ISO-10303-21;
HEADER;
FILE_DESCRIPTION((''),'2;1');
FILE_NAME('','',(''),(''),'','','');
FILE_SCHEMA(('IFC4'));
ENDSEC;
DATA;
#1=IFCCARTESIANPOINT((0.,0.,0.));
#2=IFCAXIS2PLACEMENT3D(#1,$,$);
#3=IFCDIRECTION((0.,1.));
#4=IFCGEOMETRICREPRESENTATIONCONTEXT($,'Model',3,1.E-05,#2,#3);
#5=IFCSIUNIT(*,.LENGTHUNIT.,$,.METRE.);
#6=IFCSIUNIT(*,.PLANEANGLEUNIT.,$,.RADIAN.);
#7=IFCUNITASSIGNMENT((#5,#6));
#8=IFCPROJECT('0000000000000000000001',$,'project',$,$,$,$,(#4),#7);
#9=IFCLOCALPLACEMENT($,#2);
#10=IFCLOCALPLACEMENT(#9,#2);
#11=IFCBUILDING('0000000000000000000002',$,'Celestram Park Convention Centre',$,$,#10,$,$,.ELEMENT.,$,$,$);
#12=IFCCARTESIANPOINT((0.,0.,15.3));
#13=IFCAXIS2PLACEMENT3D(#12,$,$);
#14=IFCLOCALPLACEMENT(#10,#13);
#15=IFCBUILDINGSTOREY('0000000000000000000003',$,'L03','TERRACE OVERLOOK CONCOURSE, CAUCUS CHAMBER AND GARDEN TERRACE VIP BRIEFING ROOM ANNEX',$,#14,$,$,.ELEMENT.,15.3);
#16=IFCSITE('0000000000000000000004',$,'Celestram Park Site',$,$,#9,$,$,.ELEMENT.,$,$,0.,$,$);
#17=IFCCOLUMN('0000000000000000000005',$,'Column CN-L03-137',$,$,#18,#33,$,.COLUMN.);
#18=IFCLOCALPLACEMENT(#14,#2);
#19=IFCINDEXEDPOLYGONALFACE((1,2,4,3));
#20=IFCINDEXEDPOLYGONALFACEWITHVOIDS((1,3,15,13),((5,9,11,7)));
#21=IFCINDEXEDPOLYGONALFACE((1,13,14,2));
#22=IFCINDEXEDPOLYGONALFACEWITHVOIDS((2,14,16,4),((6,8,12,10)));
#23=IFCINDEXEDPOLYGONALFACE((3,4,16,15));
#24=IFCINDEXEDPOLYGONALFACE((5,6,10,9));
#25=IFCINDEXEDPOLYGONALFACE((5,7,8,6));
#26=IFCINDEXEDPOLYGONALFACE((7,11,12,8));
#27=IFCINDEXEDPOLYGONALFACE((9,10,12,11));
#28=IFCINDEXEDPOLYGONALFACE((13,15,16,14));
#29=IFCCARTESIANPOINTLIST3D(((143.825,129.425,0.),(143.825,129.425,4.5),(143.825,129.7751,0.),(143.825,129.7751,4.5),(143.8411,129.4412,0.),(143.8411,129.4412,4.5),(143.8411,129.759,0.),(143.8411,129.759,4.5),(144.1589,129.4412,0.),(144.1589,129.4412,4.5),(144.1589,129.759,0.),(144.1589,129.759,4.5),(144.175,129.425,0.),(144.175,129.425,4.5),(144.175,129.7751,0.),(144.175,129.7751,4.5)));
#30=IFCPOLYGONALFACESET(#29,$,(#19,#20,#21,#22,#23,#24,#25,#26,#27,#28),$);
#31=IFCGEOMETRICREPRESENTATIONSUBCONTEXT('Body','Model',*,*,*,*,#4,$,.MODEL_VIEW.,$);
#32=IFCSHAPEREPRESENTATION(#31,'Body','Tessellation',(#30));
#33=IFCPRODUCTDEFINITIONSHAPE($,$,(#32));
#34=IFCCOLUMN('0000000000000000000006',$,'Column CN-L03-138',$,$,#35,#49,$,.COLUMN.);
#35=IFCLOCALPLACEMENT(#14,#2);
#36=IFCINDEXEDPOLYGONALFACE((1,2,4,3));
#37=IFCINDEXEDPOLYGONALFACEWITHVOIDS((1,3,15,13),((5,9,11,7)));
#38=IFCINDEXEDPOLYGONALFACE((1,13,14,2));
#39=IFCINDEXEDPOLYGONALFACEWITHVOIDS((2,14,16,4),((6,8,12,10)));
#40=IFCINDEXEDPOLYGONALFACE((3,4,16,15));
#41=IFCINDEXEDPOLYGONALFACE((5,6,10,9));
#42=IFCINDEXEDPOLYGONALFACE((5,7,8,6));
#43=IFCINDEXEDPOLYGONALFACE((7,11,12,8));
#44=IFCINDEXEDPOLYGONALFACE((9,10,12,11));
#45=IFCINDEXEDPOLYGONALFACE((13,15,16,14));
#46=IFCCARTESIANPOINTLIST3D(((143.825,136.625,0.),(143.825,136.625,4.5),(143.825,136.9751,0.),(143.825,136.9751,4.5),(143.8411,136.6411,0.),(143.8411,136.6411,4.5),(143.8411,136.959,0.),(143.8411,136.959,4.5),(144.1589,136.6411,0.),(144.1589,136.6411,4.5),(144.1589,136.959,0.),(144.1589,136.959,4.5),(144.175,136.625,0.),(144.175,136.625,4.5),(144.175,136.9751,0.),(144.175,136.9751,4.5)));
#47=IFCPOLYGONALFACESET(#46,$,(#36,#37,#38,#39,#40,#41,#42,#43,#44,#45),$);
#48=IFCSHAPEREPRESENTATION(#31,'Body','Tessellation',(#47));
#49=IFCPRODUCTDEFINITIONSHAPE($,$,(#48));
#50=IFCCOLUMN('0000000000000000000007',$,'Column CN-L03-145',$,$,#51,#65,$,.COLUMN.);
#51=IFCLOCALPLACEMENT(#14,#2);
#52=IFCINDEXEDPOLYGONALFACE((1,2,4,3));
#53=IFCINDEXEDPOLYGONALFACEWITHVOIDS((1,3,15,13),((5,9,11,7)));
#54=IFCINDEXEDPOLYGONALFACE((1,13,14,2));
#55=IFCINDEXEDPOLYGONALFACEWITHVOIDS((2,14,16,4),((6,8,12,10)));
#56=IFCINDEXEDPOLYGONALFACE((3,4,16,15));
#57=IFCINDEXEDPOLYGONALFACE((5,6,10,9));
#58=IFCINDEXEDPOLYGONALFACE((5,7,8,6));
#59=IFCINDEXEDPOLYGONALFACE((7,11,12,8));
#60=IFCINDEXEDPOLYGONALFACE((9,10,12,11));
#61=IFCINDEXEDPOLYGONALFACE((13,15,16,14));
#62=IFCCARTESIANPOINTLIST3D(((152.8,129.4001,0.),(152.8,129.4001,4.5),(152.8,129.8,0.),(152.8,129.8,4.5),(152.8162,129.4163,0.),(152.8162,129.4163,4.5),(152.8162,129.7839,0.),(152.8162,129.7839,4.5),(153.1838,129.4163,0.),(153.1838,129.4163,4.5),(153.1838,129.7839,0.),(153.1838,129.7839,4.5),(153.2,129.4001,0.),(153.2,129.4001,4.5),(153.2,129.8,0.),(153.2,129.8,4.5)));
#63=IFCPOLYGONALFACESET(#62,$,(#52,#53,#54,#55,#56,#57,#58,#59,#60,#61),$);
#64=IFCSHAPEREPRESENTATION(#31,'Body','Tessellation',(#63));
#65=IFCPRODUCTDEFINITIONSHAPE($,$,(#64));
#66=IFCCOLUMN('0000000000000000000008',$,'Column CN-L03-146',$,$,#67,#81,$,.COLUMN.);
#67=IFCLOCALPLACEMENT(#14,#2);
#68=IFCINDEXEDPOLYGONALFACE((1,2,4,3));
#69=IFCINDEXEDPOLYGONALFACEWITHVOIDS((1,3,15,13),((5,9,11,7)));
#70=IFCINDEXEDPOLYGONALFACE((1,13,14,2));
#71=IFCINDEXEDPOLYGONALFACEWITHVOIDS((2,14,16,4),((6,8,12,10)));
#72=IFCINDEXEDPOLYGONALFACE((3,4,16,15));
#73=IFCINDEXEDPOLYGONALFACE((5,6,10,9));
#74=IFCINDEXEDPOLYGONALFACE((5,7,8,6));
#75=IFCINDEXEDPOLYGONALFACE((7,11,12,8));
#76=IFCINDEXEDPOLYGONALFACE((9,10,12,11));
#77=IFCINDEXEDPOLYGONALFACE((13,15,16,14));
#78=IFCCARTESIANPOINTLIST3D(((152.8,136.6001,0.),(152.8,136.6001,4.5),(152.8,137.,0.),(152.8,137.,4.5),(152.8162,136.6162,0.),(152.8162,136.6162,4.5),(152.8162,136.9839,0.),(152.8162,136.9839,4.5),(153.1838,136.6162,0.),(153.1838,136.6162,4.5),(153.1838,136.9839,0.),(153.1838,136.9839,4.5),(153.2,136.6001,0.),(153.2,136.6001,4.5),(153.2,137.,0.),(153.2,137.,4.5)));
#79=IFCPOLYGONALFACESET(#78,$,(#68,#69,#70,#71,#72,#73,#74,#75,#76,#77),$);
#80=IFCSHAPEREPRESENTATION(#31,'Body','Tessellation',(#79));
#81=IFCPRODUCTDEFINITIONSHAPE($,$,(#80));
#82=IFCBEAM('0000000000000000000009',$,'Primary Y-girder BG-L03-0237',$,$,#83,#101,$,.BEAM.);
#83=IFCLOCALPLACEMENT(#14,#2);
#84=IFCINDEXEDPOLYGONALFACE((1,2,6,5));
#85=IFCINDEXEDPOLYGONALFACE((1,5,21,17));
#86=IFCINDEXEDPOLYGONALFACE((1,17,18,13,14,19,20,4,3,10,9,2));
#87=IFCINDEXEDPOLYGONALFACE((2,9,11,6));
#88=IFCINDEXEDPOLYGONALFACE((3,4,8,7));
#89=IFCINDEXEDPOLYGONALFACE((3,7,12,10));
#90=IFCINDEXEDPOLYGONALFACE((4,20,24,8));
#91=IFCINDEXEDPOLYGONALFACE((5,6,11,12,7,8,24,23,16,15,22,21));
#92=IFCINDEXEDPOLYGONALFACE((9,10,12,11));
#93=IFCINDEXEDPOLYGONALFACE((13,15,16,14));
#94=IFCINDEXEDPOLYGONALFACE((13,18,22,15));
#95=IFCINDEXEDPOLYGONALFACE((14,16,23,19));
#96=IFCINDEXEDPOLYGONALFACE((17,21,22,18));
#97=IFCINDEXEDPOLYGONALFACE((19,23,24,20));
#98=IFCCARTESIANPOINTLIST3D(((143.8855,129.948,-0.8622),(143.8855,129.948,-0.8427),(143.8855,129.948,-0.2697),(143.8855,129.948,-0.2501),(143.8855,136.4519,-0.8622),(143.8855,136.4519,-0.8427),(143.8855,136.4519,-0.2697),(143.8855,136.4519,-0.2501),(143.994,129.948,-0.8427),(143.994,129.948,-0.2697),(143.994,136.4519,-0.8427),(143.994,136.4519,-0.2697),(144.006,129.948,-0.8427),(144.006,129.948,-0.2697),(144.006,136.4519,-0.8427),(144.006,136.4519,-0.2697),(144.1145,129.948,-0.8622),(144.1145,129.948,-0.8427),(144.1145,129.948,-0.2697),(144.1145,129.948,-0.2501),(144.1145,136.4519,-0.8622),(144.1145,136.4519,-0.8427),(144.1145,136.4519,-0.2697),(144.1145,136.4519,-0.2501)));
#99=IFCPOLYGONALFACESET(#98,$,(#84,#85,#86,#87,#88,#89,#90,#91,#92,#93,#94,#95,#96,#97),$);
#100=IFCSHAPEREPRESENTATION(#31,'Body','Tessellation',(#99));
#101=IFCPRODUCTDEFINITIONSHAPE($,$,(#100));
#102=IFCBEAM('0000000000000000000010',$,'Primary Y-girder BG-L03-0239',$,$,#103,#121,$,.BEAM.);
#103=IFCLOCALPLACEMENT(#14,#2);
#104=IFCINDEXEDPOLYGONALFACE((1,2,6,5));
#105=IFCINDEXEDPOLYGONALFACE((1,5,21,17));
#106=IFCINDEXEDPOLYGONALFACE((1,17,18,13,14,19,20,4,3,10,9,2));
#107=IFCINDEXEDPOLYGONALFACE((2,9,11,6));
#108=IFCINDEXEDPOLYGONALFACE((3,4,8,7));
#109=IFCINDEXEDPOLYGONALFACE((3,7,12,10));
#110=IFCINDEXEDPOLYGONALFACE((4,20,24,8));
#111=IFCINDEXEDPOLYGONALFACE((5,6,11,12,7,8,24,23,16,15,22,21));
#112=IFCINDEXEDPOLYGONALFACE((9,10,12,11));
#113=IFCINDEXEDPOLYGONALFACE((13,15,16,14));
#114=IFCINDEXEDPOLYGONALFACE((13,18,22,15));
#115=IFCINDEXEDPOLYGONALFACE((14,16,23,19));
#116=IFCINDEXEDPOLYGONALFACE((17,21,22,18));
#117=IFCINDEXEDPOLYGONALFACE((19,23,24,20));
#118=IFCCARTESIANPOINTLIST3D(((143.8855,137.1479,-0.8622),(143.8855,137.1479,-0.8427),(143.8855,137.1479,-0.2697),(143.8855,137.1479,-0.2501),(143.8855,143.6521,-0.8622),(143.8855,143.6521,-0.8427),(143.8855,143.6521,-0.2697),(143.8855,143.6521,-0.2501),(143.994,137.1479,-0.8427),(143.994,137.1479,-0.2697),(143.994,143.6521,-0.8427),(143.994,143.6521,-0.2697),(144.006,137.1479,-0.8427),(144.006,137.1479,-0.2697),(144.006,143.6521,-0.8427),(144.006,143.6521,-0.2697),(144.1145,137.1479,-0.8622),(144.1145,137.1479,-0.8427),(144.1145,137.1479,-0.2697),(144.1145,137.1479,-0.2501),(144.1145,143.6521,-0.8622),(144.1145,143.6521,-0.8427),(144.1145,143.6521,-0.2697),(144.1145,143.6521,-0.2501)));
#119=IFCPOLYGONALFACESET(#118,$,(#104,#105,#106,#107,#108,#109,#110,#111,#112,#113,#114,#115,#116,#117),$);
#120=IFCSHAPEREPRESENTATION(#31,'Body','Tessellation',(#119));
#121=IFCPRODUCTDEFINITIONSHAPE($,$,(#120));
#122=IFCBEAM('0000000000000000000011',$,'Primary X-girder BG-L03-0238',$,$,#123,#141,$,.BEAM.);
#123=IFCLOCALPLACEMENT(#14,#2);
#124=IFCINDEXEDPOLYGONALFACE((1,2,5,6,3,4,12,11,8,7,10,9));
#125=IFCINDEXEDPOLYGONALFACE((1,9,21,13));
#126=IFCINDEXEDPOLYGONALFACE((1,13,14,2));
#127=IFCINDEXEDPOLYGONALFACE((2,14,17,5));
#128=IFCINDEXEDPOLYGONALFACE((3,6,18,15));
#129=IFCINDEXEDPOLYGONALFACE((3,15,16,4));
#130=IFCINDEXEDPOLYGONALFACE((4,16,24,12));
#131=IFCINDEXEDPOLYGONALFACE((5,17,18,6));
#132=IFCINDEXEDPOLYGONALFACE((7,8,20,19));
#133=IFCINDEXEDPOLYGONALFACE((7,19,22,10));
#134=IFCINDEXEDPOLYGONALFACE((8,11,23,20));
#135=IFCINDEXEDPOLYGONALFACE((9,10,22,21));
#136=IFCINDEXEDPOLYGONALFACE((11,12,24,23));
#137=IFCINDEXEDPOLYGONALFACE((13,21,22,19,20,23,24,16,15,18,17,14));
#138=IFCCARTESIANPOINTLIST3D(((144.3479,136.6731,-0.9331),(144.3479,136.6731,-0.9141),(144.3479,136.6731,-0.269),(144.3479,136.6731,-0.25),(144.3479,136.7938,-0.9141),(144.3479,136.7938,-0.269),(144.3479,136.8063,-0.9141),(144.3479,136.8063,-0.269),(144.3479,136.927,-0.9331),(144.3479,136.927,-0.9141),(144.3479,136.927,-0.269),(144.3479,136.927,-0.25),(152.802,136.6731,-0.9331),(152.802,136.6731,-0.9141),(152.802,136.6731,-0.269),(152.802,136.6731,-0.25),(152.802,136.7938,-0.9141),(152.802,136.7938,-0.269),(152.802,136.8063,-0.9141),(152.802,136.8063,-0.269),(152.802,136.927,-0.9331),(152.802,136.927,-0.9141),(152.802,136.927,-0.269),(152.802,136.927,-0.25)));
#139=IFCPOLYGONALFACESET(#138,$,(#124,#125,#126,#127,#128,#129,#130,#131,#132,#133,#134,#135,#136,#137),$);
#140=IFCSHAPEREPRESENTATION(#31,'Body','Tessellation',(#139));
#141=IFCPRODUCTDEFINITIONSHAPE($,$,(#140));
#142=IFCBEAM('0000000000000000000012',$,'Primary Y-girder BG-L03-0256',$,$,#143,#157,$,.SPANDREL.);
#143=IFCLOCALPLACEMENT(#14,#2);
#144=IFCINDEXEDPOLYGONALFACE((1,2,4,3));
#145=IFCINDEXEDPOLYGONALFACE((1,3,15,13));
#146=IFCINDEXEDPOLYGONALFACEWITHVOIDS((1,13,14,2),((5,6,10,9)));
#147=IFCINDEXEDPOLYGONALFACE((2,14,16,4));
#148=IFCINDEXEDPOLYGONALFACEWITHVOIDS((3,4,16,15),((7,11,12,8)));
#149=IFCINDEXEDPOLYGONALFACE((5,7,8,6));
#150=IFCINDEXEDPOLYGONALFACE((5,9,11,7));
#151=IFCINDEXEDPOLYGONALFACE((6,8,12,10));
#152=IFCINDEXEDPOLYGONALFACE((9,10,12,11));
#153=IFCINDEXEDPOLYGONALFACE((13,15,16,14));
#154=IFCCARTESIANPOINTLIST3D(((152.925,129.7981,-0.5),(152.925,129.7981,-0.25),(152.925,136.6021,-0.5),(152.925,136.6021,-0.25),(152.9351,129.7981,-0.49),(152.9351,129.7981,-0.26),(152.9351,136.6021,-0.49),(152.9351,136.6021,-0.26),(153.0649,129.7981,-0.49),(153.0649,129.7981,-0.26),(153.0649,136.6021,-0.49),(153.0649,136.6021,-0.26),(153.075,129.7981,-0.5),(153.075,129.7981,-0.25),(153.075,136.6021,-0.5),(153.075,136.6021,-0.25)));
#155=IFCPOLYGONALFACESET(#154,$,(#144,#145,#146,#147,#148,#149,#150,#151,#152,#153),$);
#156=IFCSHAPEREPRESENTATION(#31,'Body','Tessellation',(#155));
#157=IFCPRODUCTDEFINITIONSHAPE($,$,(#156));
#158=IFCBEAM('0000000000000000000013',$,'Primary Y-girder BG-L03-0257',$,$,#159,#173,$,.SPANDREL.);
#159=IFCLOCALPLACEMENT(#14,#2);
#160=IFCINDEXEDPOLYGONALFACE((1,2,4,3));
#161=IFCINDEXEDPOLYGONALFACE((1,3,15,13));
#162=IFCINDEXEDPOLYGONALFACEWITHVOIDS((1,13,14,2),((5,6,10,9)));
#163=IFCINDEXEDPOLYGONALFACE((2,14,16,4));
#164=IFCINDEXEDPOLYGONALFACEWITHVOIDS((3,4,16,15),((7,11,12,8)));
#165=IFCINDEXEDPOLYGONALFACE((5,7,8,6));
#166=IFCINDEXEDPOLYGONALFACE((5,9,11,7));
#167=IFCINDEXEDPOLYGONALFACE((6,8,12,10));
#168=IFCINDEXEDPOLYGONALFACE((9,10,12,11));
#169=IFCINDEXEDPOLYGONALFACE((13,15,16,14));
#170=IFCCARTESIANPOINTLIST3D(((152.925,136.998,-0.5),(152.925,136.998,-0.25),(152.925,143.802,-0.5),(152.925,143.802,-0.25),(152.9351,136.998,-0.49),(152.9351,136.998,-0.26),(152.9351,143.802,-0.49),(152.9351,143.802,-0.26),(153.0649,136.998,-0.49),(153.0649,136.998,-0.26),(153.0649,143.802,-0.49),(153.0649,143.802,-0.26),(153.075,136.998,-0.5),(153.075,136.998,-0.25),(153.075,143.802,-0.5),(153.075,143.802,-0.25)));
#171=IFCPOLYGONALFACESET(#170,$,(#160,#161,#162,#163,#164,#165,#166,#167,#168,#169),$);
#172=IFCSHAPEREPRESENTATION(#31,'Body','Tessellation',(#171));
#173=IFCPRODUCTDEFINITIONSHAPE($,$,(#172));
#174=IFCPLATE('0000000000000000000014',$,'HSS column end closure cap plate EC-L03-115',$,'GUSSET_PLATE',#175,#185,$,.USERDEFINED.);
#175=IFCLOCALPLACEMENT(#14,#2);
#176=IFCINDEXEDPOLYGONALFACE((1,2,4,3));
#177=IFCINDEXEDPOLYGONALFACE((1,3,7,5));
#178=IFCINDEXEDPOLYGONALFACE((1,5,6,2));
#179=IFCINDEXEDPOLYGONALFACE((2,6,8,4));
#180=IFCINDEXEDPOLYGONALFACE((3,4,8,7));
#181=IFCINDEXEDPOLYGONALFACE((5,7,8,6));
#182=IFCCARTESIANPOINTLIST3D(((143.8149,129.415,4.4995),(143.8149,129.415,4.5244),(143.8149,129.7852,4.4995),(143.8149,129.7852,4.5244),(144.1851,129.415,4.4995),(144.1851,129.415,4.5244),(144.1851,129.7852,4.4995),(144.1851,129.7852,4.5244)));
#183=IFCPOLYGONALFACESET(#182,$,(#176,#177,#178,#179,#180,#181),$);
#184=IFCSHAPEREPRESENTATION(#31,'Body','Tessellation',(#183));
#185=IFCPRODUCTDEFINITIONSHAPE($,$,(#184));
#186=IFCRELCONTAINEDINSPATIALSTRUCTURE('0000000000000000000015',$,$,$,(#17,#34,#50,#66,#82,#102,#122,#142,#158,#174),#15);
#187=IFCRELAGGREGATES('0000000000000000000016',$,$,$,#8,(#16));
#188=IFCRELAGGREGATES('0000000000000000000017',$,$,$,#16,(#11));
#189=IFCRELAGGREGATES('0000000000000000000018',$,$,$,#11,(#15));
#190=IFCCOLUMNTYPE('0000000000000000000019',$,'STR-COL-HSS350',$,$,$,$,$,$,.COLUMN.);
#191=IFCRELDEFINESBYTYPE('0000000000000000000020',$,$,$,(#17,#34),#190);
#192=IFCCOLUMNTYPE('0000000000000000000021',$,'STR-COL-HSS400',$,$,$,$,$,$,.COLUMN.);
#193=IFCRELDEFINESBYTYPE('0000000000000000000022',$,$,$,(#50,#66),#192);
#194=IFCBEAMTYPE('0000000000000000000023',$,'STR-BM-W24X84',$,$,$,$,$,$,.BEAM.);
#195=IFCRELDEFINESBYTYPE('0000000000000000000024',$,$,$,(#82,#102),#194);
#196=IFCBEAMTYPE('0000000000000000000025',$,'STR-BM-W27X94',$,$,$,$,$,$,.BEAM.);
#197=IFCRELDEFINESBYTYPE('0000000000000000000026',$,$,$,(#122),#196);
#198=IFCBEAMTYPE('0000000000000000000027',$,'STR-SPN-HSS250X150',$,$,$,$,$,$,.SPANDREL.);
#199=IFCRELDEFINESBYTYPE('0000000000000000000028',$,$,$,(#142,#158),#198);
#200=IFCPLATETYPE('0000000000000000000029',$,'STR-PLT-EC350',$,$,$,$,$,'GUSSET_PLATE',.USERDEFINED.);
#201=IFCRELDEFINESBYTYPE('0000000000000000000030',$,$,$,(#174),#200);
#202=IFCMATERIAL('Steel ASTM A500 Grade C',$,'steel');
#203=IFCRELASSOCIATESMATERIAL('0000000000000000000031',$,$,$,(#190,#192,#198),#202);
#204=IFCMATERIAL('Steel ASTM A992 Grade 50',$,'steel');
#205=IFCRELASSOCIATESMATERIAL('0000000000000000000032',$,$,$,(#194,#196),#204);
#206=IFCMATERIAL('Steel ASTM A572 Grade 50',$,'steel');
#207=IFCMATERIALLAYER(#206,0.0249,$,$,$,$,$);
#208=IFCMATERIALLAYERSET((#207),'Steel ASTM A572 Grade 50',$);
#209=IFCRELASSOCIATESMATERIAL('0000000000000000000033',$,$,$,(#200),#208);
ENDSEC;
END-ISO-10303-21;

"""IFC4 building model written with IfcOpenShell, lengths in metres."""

from ifc_helpers import new_model, si_unit, direction, frame, origin, origin_2d, place, context, subcontext, project, spatial, rectangle, hollow_rectangle, i_section, extrude, material, layer, layer_set, material_profile, profile_set, type_object, element, save


model = new_model("IFC4")

# Units and contexts
model_context = context("Model", 3, precision=1e-05, world=origin(), true_north=direction((0.0, 1.0)))
body_context = subcontext(model_context, "Body", "Model", "MODEL_VIEW")
ifc_project = project(units=[si_unit("LENGTHUNIT", "METRE"), si_unit("PLANEANGLEUNIT", "RADIAN")], contexts=[model_context])

# Site, building, storey
site_placement = place(None, origin())
site = spatial("IfcSite", under=ifc_project, at=site_placement, Name="Celestram Park Site", CompositionType="ELEMENT", RefElevation=0.0)
building_placement = place(site_placement, origin())
building = spatial("IfcBuilding", under=site, at=building_placement, Name="Celestram Park Convention Centre", CompositionType="ELEMENT")
storey_placement = place(building_placement, frame((0.0, 0.0, 15.3)))
storey = spatial("IfcBuildingStorey", under=building, at=storey_placement, Name="L03", Description="TERRACE OVERLOOK CONCOURSE, CAUCUS CHAMBER AND GARDEN TERRACE VIP BRIEFING ROOM ANNEX", CompositionType="ELEMENT", Elevation=15.3)

# Columns
ifc_material_1 = material(Name="Steel ASTM A500 Grade C", Category="steel")
ifc_material_profile_1 = material_profile(ifc_material_1, hollow_rectangle(XDim=0.3501, YDim=0.3501, WallThickness=0.0161, at=origin_2d()), Name="HSS350X350X16")
ifc_profile_set_1 = profile_set([ifc_material_profile_1], Name="Steel ASTM A500 Grade C")
column_type_1 = type_object("IfcColumnType", Name="STR-COL-HSS350", PredefinedType="COLUMN", material=ifc_profile_set_1)
for number, where, z_axis, x_axis, name in (
    (1, (144.0, 129.6001, 0.0), (0.0, 0.0, 1.0), (1.0, 0.0, 0.0), "Column CN-L03-137"),
    (2, (144.0, 136.8, 0.0), (0.0, 0.0, 1.0), (1.0, 0.0, 0.0), "Column CN-L03-138"),
):
    element("IfcColumn", number, at=place(storey_placement, frame(where, z_axis=z_axis, x_axis=x_axis)), inside=storey, type_object=column_type_1, Name=name, PredefinedType="COLUMN", context=body_context, shape_type="SweptSolid", body=[
        extrude(hollow_rectangle(XDim=0.3501, YDim=0.3501, WallThickness=0.0161, at=origin_2d()), origin(), (0.0, 0.0, 1.0), 4.5),
    ])
ifc_material_profile_2 = material_profile(ifc_material_1, hollow_rectangle(XDim=0.3999, YDim=0.3999, WallThickness=0.0161, at=origin_2d()), Name="HSS400X400X16")
ifc_profile_set_2 = profile_set([ifc_material_profile_2], Name="Steel ASTM A500 Grade C")
column_type_2 = type_object("IfcColumnType", Name="STR-COL-HSS400", PredefinedType="COLUMN", material=ifc_profile_set_2)
for number, where, z_axis, x_axis, name in (
    (3, (153.0, 129.6001, 0.0), (0.0, 0.0, 1.0), (1.0, 0.0, 0.0), "Column CN-L03-145"),
    (4, (153.0, 136.8, 0.0), (0.0, 0.0, 1.0), (1.0, 0.0, 0.0), "Column CN-L03-146"),
):
    element("IfcColumn", number, at=place(storey_placement, frame(where, z_axis=z_axis, x_axis=x_axis)), inside=storey, type_object=column_type_2, Name=name, PredefinedType="COLUMN", context=body_context, shape_type="SweptSolid", body=[
        extrude(hollow_rectangle(XDim=0.3999, YDim=0.3999, WallThickness=0.0161, at=origin_2d()), origin(), (0.0, 0.0, 1.0), 4.5),
    ])

# Beams
ifc_material_2 = material(Name="Steel ASTM A992 Grade 50", Category="steel")
ifc_material_profile_3 = material_profile(ifc_material_2, i_section(OverallWidth=0.229, OverallDepth=0.6121, WebThickness=0.012, FlangeThickness=0.0195, at=origin_2d()), Name="W24X84")
ifc_profile_set_3 = profile_set([ifc_material_profile_3], Name="Steel ASTM A992 Grade 50")
beam_type_1 = type_object("IfcBeamType", Name="STR-BM-W24X84", PredefinedType="BEAM", material=ifc_profile_set_3)
beam_1_placement = place(storey_placement, frame((144.0, 129.948, -0.5562), z_axis=(0.0, 1.0, 0.0), x_axis=(-1.0, 0.0, 0.0)))
element("IfcBeam", 5, at=beam_1_placement, inside=storey, type_object=beam_type_1, Name="Primary Y-girder BG-L03-0237", PredefinedType="BEAM", context=body_context, shape_type="SweptSolid", body=[
    extrude(i_section(OverallWidth=0.229, OverallDepth=0.6121, WebThickness=0.012, FlangeThickness=0.0195, at=origin_2d()), origin(), (0.0, 0.0, 1.0), 6.5039),
])
beam_2_placement = place(storey_placement, frame((144.0, 137.1479, -0.5562), z_axis=(0.0, 1.0, 0.0), x_axis=(-1.0, 0.0, 0.0)))
element("IfcBeam", 6, at=beam_2_placement, inside=storey, type_object=beam_type_1, Name="Primary Y-girder BG-L03-0239", PredefinedType="BEAM", context=body_context, shape_type="SweptSolid", body=[
    extrude(i_section(OverallWidth=0.229, OverallDepth=0.6121, WebThickness=0.012, FlangeThickness=0.0195, at=origin_2d()), origin(), (0.0, 0.0, 1.0), 6.5042),
])
ifc_material_profile_4 = material_profile(ifc_material_2, i_section(OverallWidth=0.2539, OverallDepth=0.6831, WebThickness=0.0125, FlangeThickness=0.019, at=origin_2d()), Name="W27X94")
ifc_profile_set_4 = profile_set([ifc_material_profile_4], Name="Steel ASTM A992 Grade 50")
beam_type_2 = type_object("IfcBeamType", Name="STR-BM-W27X94", PredefinedType="BEAM", material=ifc_profile_set_4)
beam_3_placement = place(storey_placement, frame((144.3479, 136.8, -0.5916), z_axis=(1.0, 0.0, 0.0), x_axis=(0.0, 1.0, 0.0)))
element("IfcBeam", 7, at=beam_3_placement, inside=storey, type_object=beam_type_2, Name="Primary X-girder BG-L03-0238", PredefinedType="BEAM", context=body_context, shape_type="SweptSolid", body=[
    extrude(i_section(OverallWidth=0.2539, OverallDepth=0.6831, WebThickness=0.0125, FlangeThickness=0.019, at=origin_2d()), origin(), (0.0, 0.0, 1.0), 8.4541),
])
ifc_material_profile_5 = material_profile(ifc_material_1, hollow_rectangle(XDim=0.1499, YDim=0.25, WallThickness=0.01, at=origin_2d()), Name="HSS250X150X10")
ifc_profile_set_5 = profile_set([ifc_material_profile_5], Name="Steel ASTM A500 Grade C")
beam_type_3 = type_object("IfcBeamType", Name="STR-SPN-HSS250X150", PredefinedType="SPANDREL", material=ifc_profile_set_5)
for number, where, z_axis, x_axis, name in (
    (8, (153.0, 129.7981, -0.375), (0.0, 1.0, 0.0), (-1.0, 0.0, 0.0), "Primary Y-girder BG-L03-0256"),
    (9, (153.0, 136.998, -0.375), (0.0, 1.0, 0.0), (-1.0, 0.0, 0.0), "Primary Y-girder BG-L03-0257"),
):
    element("IfcBeam", number, at=place(storey_placement, frame(where, z_axis=z_axis, x_axis=x_axis)), inside=storey, type_object=beam_type_3, Name=name, PredefinedType="SPANDREL", context=body_context, shape_type="SweptSolid", body=[
        extrude(hollow_rectangle(XDim=0.1499, YDim=0.25, WallThickness=0.01, at=origin_2d()), origin(), (0.0, 0.0, 1.0), 6.804),
    ])

# Plate
ifc_material_3 = material(Name="Steel ASTM A572 Grade 50", Category="steel")
ifc_layer_1 = layer(ifc_material_3, 0.0249)
ifc_layer_set_1 = layer_set([ifc_layer_1], Name="Steel ASTM A572 Grade 50")
plate_type_1 = type_object("IfcPlateType", Name="STR-PLT-EC350", ElementType="GUSSET_PLATE", PredefinedType="USERDEFINED", material=ifc_layer_set_1)
for number, where, z_axis, x_axis, name in (
    (10, (144.0, 129.6001, 4.4995), (0.0, 0.0, 1.0), (1.0, 0.0, 0.0), "HSS column end closure cap plate EC-L03-115"),
):
    element("IfcPlate", number, at=place(storey_placement, frame(where, z_axis=z_axis, x_axis=x_axis)), inside=storey, type_object=plate_type_1, Name=name, ObjectType="GUSSET_PLATE", PredefinedType="USERDEFINED", context=body_context, shape_type="SweptSolid", body=[
        extrude(rectangle(XDim=0.3701, YDim=0.3701, at=origin_2d()), origin(), (0.0, 0.0, 1.0), 0.0249),
    ])

save(model, "model.ifc")
